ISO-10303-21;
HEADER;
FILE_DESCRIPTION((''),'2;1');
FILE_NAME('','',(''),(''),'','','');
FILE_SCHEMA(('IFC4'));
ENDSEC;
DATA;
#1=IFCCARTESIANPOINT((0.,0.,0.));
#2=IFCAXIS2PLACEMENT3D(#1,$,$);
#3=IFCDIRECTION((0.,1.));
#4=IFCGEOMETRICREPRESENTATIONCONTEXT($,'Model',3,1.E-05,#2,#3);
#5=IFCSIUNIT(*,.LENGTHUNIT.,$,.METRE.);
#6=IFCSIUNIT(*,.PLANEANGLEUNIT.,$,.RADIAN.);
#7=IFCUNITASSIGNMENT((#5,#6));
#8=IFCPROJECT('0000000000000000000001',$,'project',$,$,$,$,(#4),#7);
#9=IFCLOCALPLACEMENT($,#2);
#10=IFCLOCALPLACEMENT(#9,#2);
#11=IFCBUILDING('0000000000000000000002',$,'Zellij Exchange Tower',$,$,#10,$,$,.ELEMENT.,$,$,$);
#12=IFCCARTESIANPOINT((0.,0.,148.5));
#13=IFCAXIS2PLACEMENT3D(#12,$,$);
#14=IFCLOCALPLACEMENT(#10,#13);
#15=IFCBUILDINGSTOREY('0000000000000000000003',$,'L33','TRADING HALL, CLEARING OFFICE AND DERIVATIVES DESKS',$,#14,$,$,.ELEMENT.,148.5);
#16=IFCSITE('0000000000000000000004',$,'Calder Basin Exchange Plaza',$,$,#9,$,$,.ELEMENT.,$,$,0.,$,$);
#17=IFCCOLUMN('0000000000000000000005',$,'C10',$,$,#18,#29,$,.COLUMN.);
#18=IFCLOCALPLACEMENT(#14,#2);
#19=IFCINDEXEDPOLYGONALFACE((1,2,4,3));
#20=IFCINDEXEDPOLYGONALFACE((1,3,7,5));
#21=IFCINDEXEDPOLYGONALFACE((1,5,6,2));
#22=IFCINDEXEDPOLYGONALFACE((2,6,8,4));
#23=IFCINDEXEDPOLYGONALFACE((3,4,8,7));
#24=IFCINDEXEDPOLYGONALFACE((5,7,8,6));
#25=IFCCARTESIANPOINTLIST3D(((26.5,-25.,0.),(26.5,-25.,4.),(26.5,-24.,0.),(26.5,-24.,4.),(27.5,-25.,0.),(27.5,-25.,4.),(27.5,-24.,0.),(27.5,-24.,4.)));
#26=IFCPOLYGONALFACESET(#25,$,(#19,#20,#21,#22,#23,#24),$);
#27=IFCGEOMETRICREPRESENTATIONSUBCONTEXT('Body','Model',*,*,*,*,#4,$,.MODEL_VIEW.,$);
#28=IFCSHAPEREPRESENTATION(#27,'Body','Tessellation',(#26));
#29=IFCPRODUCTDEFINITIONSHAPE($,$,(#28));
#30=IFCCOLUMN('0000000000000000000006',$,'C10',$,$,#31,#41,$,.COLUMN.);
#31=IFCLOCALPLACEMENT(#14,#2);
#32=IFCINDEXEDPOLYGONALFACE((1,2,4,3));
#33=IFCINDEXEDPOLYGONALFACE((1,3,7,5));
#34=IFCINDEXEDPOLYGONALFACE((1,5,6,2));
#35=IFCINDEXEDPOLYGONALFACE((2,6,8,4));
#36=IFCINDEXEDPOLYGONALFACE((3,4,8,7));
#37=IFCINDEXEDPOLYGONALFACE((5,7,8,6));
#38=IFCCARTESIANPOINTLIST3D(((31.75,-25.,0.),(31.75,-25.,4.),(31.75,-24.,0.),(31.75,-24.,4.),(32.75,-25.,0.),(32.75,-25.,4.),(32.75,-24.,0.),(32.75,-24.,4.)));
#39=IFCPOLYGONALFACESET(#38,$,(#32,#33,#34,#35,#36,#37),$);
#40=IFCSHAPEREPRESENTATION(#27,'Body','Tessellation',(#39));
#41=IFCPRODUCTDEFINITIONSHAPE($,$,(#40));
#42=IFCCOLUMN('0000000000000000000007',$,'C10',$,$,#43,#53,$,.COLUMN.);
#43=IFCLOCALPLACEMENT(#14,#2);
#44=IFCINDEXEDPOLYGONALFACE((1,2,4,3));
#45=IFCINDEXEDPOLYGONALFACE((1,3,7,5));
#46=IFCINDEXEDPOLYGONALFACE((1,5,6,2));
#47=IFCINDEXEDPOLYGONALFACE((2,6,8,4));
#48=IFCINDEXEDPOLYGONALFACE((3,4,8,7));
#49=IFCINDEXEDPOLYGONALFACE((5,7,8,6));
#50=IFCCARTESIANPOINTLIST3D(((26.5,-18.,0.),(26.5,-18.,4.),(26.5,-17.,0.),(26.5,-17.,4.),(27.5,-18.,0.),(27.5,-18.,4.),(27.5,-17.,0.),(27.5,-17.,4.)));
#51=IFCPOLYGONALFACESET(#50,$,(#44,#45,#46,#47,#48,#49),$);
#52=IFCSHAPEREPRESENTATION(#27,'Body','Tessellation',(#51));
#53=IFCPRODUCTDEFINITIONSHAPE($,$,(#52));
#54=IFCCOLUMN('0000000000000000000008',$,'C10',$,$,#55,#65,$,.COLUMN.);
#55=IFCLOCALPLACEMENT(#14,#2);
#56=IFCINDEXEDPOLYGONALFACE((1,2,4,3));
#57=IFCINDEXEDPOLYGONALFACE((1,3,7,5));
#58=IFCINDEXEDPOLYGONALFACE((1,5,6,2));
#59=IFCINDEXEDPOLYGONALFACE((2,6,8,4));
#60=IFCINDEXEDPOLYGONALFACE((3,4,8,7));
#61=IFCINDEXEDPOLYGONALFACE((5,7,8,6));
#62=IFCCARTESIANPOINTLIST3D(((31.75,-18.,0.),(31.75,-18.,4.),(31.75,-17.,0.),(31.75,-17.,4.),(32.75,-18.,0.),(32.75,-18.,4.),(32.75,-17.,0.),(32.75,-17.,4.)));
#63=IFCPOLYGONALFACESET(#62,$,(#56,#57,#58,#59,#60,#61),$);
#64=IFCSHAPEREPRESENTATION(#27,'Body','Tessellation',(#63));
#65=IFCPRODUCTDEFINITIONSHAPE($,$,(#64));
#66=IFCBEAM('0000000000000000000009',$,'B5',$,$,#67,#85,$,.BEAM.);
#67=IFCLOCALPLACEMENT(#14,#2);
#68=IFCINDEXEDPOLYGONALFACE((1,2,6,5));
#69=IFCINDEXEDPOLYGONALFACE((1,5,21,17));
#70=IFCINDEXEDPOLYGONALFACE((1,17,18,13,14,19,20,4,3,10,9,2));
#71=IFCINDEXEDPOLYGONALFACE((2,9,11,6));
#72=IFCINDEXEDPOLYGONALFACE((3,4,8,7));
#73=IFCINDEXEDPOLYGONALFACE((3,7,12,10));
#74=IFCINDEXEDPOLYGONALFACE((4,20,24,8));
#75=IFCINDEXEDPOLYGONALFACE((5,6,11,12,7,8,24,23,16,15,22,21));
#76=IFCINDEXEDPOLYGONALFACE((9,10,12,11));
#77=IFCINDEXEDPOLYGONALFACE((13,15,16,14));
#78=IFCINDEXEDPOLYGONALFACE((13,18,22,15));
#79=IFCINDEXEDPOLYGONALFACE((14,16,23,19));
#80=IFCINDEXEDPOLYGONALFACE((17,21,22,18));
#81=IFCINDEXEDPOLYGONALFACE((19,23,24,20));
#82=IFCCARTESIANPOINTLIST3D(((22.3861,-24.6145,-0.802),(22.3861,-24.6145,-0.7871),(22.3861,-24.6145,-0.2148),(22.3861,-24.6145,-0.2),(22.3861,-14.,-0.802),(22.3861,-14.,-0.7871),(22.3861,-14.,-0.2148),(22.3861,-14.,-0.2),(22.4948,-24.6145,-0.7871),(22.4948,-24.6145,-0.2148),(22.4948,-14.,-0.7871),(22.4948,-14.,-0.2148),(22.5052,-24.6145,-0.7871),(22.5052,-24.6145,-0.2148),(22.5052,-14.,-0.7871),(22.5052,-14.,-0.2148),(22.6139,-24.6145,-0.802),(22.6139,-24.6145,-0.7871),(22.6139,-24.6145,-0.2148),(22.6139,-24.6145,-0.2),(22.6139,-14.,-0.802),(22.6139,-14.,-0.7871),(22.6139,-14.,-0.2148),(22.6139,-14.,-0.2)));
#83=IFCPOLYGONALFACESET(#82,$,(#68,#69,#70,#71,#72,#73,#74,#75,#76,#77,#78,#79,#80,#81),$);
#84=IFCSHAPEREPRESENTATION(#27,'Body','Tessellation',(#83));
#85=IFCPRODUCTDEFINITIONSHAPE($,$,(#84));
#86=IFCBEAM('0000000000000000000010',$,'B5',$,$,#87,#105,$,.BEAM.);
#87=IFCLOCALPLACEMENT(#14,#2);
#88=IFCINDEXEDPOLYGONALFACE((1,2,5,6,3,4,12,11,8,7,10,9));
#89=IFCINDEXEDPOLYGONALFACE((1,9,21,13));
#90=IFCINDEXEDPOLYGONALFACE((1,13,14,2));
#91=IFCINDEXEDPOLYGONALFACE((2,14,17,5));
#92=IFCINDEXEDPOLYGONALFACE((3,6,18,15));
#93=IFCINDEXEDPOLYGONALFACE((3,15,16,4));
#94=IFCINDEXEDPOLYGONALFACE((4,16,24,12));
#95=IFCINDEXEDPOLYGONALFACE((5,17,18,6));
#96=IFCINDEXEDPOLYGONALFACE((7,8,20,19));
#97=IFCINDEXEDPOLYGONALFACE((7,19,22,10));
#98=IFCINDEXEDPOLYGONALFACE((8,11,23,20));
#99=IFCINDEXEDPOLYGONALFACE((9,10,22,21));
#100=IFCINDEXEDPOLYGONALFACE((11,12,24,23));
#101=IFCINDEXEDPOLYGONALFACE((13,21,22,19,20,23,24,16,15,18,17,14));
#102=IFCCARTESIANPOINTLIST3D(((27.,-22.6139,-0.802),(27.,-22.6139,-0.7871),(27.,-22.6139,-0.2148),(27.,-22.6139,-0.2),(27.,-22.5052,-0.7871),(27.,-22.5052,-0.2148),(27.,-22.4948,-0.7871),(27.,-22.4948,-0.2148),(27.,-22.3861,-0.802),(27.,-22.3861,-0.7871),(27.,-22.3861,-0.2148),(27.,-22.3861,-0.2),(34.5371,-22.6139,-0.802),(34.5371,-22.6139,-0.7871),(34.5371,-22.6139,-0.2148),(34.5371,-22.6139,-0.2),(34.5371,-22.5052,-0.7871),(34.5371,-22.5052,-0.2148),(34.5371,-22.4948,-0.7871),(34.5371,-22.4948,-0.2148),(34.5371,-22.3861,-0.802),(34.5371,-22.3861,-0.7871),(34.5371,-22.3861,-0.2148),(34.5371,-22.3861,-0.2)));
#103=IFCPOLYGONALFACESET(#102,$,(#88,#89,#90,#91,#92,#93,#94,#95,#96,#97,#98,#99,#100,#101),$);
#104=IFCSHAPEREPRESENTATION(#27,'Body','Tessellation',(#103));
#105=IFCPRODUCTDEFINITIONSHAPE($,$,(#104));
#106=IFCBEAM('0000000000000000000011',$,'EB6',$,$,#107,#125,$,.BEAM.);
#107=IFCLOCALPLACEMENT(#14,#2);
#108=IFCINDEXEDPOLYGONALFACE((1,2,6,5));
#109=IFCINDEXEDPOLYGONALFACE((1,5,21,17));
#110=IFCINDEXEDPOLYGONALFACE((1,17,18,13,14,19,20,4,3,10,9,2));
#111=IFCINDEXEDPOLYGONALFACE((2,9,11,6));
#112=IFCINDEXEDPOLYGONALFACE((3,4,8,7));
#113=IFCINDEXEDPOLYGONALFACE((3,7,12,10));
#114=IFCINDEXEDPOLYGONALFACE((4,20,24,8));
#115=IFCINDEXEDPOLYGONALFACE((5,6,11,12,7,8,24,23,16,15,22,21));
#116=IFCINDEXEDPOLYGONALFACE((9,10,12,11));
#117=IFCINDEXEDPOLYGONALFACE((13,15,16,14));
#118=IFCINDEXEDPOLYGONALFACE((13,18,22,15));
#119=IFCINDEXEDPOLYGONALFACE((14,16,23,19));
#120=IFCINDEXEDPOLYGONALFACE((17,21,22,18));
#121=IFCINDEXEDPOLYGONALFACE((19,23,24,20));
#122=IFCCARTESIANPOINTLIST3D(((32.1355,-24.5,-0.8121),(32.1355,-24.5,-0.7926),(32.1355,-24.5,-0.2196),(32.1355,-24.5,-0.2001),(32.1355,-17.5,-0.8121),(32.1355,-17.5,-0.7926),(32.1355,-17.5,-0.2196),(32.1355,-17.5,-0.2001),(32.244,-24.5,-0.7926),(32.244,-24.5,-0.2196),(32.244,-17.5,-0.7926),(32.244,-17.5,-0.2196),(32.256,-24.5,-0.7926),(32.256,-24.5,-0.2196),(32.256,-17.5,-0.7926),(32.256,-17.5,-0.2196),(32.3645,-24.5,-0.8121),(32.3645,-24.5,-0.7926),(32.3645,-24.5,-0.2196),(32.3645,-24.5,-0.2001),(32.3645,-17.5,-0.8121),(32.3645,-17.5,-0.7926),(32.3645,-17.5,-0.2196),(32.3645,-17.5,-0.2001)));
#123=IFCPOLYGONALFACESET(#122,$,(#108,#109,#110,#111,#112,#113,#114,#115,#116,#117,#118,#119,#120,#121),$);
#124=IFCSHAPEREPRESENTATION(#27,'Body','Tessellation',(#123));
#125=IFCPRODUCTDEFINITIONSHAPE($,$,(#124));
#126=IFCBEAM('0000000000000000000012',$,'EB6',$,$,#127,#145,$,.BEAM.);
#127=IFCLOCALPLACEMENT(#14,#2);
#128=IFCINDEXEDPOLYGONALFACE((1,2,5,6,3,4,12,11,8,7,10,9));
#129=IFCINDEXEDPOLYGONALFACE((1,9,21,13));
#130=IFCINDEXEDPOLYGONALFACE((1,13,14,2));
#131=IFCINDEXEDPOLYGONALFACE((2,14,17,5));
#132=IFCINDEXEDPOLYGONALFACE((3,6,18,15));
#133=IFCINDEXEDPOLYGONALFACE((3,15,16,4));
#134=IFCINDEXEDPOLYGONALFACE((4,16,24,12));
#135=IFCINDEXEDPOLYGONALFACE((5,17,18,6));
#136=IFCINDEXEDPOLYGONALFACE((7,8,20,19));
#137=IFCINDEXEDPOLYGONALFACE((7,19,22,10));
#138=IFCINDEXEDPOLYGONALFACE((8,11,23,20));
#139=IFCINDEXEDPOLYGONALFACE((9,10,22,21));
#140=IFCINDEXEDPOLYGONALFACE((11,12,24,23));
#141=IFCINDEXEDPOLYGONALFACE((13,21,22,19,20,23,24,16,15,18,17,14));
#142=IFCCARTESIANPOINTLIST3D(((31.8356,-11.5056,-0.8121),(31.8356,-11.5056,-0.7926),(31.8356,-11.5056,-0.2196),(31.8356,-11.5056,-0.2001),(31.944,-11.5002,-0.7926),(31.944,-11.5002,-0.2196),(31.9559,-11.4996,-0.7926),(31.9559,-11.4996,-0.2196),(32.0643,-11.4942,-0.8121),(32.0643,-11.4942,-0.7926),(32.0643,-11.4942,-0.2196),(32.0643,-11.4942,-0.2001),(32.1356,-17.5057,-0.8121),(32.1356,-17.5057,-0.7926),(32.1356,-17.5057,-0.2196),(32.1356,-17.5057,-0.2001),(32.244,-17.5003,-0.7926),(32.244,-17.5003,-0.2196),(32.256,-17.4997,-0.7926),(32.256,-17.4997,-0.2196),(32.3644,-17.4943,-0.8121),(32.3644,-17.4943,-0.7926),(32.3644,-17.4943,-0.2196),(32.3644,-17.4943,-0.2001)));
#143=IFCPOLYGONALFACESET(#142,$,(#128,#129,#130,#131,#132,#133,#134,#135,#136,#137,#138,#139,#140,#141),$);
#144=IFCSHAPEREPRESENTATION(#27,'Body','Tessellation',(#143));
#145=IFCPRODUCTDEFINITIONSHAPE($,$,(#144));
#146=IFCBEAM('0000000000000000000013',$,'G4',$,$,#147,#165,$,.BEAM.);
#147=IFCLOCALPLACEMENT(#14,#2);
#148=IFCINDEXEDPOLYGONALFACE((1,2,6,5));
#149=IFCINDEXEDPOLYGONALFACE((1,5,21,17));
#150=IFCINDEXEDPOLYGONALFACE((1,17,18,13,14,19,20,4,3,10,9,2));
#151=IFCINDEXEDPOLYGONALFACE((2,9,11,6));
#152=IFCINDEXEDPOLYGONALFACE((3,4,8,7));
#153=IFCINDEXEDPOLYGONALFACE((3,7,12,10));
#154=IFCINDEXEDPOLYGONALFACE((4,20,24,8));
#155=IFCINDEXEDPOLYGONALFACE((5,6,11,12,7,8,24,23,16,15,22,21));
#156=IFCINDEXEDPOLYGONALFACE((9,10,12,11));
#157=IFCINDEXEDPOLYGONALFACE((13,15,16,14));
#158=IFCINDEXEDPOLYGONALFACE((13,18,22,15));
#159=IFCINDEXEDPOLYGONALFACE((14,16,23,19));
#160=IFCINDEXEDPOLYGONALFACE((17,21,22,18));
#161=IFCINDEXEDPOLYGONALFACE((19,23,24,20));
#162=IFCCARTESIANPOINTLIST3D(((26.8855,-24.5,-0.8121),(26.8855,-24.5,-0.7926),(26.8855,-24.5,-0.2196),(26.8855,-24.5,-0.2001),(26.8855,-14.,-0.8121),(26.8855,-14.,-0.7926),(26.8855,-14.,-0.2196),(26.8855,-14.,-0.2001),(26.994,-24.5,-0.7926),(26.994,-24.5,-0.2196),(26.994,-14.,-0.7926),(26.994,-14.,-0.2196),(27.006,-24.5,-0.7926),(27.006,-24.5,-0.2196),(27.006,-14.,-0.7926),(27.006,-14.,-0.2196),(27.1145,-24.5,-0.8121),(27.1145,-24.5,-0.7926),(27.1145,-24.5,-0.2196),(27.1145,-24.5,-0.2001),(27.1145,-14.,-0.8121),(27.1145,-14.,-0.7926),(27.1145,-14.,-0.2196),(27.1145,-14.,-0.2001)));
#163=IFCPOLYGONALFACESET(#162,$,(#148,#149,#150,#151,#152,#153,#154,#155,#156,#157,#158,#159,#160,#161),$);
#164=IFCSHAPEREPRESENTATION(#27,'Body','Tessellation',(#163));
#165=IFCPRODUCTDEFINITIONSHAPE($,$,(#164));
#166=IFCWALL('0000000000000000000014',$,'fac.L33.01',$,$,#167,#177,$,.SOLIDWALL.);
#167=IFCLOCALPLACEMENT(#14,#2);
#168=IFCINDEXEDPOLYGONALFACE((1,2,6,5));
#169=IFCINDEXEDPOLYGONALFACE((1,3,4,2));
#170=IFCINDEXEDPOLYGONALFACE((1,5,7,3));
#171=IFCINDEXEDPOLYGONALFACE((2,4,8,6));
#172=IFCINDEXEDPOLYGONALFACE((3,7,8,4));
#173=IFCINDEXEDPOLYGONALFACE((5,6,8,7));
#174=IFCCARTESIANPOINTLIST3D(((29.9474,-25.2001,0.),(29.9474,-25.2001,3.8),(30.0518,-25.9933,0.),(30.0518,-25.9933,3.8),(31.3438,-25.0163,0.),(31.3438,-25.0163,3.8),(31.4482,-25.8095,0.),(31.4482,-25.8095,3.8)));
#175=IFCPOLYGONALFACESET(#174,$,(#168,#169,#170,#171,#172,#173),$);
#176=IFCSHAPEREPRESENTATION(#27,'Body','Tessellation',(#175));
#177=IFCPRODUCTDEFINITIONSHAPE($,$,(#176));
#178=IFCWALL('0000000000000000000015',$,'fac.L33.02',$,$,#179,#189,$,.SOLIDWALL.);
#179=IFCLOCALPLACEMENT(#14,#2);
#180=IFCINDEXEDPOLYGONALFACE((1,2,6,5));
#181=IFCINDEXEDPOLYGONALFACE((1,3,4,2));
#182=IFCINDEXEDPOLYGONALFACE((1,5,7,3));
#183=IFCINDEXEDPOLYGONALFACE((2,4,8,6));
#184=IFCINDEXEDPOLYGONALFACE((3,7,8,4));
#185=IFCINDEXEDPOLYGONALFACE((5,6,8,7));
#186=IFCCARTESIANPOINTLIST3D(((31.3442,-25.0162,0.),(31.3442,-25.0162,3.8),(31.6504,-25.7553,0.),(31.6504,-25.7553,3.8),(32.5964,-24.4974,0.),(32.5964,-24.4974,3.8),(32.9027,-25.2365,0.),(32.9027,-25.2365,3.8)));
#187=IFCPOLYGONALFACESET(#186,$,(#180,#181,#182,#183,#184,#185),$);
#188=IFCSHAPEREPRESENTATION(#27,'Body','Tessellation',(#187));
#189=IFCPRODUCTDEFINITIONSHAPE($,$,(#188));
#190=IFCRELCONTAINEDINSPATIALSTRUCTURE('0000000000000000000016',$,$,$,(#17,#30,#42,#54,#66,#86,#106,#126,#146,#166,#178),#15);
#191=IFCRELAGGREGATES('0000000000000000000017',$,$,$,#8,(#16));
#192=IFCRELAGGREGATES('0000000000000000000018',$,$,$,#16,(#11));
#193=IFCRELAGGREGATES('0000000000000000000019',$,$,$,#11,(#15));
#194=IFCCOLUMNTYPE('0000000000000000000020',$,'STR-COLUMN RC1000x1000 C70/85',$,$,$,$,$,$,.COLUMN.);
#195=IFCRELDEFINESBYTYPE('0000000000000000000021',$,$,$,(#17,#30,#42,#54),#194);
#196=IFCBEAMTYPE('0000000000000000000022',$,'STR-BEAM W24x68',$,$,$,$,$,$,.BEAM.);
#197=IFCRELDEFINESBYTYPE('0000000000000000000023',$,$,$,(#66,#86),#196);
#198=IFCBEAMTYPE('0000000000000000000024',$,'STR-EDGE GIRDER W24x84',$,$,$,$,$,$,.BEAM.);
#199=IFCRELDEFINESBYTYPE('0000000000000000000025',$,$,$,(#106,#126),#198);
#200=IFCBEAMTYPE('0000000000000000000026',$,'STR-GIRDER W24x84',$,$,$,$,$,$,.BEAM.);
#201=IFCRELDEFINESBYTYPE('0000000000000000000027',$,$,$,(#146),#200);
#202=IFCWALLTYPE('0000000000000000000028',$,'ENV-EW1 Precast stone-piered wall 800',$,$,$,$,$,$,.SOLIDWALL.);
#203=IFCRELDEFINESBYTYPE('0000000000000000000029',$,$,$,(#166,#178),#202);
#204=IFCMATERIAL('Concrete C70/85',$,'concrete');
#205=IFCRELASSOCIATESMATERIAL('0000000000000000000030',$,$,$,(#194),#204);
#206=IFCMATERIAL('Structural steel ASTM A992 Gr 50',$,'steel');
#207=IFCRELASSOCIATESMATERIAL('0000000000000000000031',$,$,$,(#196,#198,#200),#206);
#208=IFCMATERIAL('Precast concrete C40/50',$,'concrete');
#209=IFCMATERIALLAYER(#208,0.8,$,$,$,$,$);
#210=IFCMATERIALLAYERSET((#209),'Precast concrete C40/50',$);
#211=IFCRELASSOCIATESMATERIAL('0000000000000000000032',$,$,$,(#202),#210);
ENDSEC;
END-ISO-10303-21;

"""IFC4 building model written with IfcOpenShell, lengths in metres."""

from ifc_helpers import new_model, si_unit, direction, frame, frame_2d, origin, origin_2d, place, context, subcontext, project, spatial, rectangle, i_section, extrude, material, layer, layer_set, material_profile, profile_set, type_object, element, save


model = new_model("IFC4")

# Units and contexts
model_context = context("Model", 3, precision=1e-05, world=origin(), true_north=direction((0.0, 1.0)))
body_context = subcontext(model_context, "Body", "Model", "MODEL_VIEW")
ifc_project = project(units=[si_unit("LENGTHUNIT", "METRE"), si_unit("PLANEANGLEUNIT", "RADIAN")], contexts=[model_context])

# Site, building, storey
site_placement = place(None, origin())
site = spatial("IfcSite", under=ifc_project, at=site_placement, Name="Calder Basin Exchange Plaza", CompositionType="ELEMENT", RefElevation=0.0)
building_placement = place(site_placement, origin())
building = spatial("IfcBuilding", under=site, at=building_placement, Name="Zellij Exchange Tower", CompositionType="ELEMENT")
storey_placement = place(building_placement, frame((0.0, 0.0, 148.5)))
storey = spatial("IfcBuildingStorey", under=building, at=storey_placement, Name="L33", Description="TRADING HALL, CLEARING OFFICE AND DERIVATIVES DESKS", CompositionType="ELEMENT", Elevation=148.5)

# Columns
ifc_material_1 = material(Name="Concrete C70/85", Category="concrete")
ifc_material_profile_1 = material_profile(ifc_material_1, rectangle(XDim=1.0, YDim=1.0, at=origin_2d()), Name="STR-COLUMN RC1000x1000 C70/85")
ifc_profile_set_1 = profile_set([ifc_material_profile_1], Name="Concrete C70/85")
column_type = type_object("IfcColumnType", Name="STR-COLUMN RC1000x1000 C70/85", PredefinedType="COLUMN", material=ifc_profile_set_1)
for number, where, z_axis, x_axis, name in (
    (1, (27.0, -24.5, 0.0), (0.0, 0.0, 1.0), (1.0, 0.0, 0.0), "C10"),
    (2, (32.25, -24.5, 0.0), (0.0, 0.0, 1.0), (1.0, 0.0, 0.0), "C10"),
    (3, (27.0, -17.5, 0.0), (0.0, 0.0, 1.0), (1.0, 0.0, 0.0), "C10"),
    (4, (32.25, -17.5, 0.0), (0.0, 0.0, 1.0), (1.0, 0.0, 0.0), "C10"),
):
    element("IfcColumn", number, at=place(storey_placement, frame(where, z_axis=z_axis, x_axis=x_axis)), inside=storey, type_object=column_type, Name=name, PredefinedType="COLUMN", context=body_context, shape_type="SweptSolid", body=[
        extrude(rectangle(XDim=1.0, YDim=1.0, at=origin_2d()), origin(), (0.0, 0.0, 1.0), 4.0),
    ])

# Beams
ifc_material_2 = material(Name="Structural steel ASTM A992 Gr 50", Category="steel")
ifc_material_profile_2 = material_profile(ifc_material_2, i_section(OverallWidth=0.2278, OverallDepth=0.6021, WebThickness=0.0105, FlangeThickness=0.0149, at=origin_2d()), Name="W24x68")
ifc_profile_set_2 = profile_set([ifc_material_profile_2], Name="Structural steel ASTM A992 Gr 50")
beam_type_1 = type_object("IfcBeamType", Name="STR-BEAM W24x68", PredefinedType="BEAM", material=ifc_profile_set_2)
beam_1_placement = place(storey_placement, frame((22.5, -24.6145, -0.501), z_axis=(0.0, 1.0, 0.0), x_axis=(-1.0, 0.0, 0.0)))
element("IfcBeam", 5, at=beam_1_placement, inside=storey, type_object=beam_type_1, Name="B5", PredefinedType="BEAM", context=body_context, shape_type="SweptSolid", body=[
    extrude(i_section(OverallWidth=0.2278, OverallDepth=0.6021, WebThickness=0.0105, FlangeThickness=0.0149, at=origin_2d()), origin(), (0.0, 0.0, 1.0), 10.6145),
])
beam_2_placement = place(storey_placement, frame((27.0, -22.5, -0.501), z_axis=(1.0, 0.0, 0.0), x_axis=(0.0, 1.0, 0.0)))
element("IfcBeam", 6, at=beam_2_placement, inside=storey, type_object=beam_type_1, Name="B5", PredefinedType="BEAM", context=body_context, shape_type="SweptSolid", body=[
    extrude(i_section(OverallWidth=0.2278, OverallDepth=0.6021, WebThickness=0.0105, FlangeThickness=0.0149, at=origin_2d()), origin(), (0.0, 0.0, 1.0), 7.5371),
])
ifc_material_profile_3 = material_profile(ifc_material_2, i_section(OverallWidth=0.229, OverallDepth=0.6121, WebThickness=0.012, FlangeThickness=0.0195, at=origin_2d()), Name="W24x84")
ifc_profile_set_3 = profile_set([ifc_material_profile_3], Name="Structural steel ASTM A992 Gr 50")
beam_type_2 = type_object("IfcBeamType", Name="STR-EDGE GIRDER W24x84", PredefinedType="BEAM", material=ifc_profile_set_3)
beam_3_placement = place(storey_placement, frame((32.25, -24.5, -0.5061), z_axis=(0.0, 1.0, 0.0), x_axis=(-1.0, 0.0, 0.0)))
element("IfcBeam", 7, at=beam_3_placement, inside=storey, type_object=beam_type_2, Name="EB6", PredefinedType="BEAM", context=body_context, shape_type="SweptSolid", body=[
    extrude(i_section(OverallWidth=0.229, OverallDepth=0.6121, WebThickness=0.012, FlangeThickness=0.0195, at=origin_2d()), origin(), (0.0, 0.0, 1.0), 7.0),
])
beam_4_placement = place(storey_placement, frame((32.25, -17.5, -0.5061), z_axis=(-0.049946, 0.998752, 0.0), x_axis=(-0.998752, -0.049946, 0.0)))
element("IfcBeam", 8, at=beam_4_placement, inside=storey, type_object=beam_type_2, Name="EB6", PredefinedType="BEAM", context=body_context, shape_type="SweptSolid", body=[
    extrude(i_section(OverallWidth=0.229, OverallDepth=0.6121, WebThickness=0.012, FlangeThickness=0.0195, at=origin_2d()), origin(), (0.0, 0.0, 1.0), 6.0076),
])
ifc_material_profile_4 = material_profile(ifc_material_2, i_section(OverallWidth=0.229, OverallDepth=0.6121, WebThickness=0.012, FlangeThickness=0.0195, at=origin_2d()), Name="W24x84")
ifc_profile_set_4 = profile_set([ifc_material_profile_4], Name="Structural steel ASTM A992 Gr 50")
beam_type_3 = type_object("IfcBeamType", Name="STR-GIRDER W24x84", PredefinedType="BEAM", material=ifc_profile_set_4)
beam_5_placement = place(storey_placement, frame((27.0, -24.5, -0.5061), z_axis=(0.0, 1.0, 0.0), x_axis=(-1.0, 0.0, 0.0)))
element("IfcBeam", 9, at=beam_5_placement, inside=storey, type_object=beam_type_3, Name="G4", PredefinedType="BEAM", context=body_context, shape_type="SweptSolid", body=[
    extrude(i_section(OverallWidth=0.229, OverallDepth=0.6121, WebThickness=0.012, FlangeThickness=0.0195, at=origin_2d()), origin(), (0.0, 0.0, 1.0), 10.5),
])

# Walls
ifc_material_3 = material(Name="Precast concrete C40/50", Category="concrete")
ifc_layer_1 = layer(ifc_material_3, 0.8)
ifc_layer_set_1 = layer_set([ifc_layer_1], Name="Precast concrete C40/50")
wall_type_1 = type_object("IfcWallType", Name="ENV-EW1 Precast stone-piered wall 800", PredefinedType="SOLIDWALL", material=ifc_layer_set_1)
wall_1_placement = place(storey_placement, frame((29.9998, -25.5967, 0.0), z_axis=(0.0, 0.0, 1.0), x_axis=(0.991446, 0.130517, 0.0)))
element("IfcWall", 10, at=wall_1_placement, inside=storey, type_object=wall_type_1, Name="fac.L33.01", PredefinedType="SOLIDWALL", context=body_context, shape_type="SweptSolid", body=[
    extrude(rectangle(XDim=1.4084, YDim=0.8, at=frame_2d((0.7041, 0.0))), origin(), (0.0, 0.0, 1.0), 3.8),
])
wall_2_placement = place(storey_placement, frame((31.4973, -25.3857, 0.0), z_axis=(0.0, 0.0, 1.0), x_axis=(0.923848, 0.38276, 0.0)))
element("IfcWall", 11, at=wall_2_placement, inside=storey, type_object=wall_type_1, Name="fac.L33.02", PredefinedType="SOLIDWALL", context=body_context, shape_type="SweptSolid", body=[
    extrude(rectangle(XDim=1.3555, YDim=0.8, at=frame_2d((0.6777, 0.0))), origin(), (0.0, 0.0, 1.0), 3.8),
])

save(model, "model.ifc")
